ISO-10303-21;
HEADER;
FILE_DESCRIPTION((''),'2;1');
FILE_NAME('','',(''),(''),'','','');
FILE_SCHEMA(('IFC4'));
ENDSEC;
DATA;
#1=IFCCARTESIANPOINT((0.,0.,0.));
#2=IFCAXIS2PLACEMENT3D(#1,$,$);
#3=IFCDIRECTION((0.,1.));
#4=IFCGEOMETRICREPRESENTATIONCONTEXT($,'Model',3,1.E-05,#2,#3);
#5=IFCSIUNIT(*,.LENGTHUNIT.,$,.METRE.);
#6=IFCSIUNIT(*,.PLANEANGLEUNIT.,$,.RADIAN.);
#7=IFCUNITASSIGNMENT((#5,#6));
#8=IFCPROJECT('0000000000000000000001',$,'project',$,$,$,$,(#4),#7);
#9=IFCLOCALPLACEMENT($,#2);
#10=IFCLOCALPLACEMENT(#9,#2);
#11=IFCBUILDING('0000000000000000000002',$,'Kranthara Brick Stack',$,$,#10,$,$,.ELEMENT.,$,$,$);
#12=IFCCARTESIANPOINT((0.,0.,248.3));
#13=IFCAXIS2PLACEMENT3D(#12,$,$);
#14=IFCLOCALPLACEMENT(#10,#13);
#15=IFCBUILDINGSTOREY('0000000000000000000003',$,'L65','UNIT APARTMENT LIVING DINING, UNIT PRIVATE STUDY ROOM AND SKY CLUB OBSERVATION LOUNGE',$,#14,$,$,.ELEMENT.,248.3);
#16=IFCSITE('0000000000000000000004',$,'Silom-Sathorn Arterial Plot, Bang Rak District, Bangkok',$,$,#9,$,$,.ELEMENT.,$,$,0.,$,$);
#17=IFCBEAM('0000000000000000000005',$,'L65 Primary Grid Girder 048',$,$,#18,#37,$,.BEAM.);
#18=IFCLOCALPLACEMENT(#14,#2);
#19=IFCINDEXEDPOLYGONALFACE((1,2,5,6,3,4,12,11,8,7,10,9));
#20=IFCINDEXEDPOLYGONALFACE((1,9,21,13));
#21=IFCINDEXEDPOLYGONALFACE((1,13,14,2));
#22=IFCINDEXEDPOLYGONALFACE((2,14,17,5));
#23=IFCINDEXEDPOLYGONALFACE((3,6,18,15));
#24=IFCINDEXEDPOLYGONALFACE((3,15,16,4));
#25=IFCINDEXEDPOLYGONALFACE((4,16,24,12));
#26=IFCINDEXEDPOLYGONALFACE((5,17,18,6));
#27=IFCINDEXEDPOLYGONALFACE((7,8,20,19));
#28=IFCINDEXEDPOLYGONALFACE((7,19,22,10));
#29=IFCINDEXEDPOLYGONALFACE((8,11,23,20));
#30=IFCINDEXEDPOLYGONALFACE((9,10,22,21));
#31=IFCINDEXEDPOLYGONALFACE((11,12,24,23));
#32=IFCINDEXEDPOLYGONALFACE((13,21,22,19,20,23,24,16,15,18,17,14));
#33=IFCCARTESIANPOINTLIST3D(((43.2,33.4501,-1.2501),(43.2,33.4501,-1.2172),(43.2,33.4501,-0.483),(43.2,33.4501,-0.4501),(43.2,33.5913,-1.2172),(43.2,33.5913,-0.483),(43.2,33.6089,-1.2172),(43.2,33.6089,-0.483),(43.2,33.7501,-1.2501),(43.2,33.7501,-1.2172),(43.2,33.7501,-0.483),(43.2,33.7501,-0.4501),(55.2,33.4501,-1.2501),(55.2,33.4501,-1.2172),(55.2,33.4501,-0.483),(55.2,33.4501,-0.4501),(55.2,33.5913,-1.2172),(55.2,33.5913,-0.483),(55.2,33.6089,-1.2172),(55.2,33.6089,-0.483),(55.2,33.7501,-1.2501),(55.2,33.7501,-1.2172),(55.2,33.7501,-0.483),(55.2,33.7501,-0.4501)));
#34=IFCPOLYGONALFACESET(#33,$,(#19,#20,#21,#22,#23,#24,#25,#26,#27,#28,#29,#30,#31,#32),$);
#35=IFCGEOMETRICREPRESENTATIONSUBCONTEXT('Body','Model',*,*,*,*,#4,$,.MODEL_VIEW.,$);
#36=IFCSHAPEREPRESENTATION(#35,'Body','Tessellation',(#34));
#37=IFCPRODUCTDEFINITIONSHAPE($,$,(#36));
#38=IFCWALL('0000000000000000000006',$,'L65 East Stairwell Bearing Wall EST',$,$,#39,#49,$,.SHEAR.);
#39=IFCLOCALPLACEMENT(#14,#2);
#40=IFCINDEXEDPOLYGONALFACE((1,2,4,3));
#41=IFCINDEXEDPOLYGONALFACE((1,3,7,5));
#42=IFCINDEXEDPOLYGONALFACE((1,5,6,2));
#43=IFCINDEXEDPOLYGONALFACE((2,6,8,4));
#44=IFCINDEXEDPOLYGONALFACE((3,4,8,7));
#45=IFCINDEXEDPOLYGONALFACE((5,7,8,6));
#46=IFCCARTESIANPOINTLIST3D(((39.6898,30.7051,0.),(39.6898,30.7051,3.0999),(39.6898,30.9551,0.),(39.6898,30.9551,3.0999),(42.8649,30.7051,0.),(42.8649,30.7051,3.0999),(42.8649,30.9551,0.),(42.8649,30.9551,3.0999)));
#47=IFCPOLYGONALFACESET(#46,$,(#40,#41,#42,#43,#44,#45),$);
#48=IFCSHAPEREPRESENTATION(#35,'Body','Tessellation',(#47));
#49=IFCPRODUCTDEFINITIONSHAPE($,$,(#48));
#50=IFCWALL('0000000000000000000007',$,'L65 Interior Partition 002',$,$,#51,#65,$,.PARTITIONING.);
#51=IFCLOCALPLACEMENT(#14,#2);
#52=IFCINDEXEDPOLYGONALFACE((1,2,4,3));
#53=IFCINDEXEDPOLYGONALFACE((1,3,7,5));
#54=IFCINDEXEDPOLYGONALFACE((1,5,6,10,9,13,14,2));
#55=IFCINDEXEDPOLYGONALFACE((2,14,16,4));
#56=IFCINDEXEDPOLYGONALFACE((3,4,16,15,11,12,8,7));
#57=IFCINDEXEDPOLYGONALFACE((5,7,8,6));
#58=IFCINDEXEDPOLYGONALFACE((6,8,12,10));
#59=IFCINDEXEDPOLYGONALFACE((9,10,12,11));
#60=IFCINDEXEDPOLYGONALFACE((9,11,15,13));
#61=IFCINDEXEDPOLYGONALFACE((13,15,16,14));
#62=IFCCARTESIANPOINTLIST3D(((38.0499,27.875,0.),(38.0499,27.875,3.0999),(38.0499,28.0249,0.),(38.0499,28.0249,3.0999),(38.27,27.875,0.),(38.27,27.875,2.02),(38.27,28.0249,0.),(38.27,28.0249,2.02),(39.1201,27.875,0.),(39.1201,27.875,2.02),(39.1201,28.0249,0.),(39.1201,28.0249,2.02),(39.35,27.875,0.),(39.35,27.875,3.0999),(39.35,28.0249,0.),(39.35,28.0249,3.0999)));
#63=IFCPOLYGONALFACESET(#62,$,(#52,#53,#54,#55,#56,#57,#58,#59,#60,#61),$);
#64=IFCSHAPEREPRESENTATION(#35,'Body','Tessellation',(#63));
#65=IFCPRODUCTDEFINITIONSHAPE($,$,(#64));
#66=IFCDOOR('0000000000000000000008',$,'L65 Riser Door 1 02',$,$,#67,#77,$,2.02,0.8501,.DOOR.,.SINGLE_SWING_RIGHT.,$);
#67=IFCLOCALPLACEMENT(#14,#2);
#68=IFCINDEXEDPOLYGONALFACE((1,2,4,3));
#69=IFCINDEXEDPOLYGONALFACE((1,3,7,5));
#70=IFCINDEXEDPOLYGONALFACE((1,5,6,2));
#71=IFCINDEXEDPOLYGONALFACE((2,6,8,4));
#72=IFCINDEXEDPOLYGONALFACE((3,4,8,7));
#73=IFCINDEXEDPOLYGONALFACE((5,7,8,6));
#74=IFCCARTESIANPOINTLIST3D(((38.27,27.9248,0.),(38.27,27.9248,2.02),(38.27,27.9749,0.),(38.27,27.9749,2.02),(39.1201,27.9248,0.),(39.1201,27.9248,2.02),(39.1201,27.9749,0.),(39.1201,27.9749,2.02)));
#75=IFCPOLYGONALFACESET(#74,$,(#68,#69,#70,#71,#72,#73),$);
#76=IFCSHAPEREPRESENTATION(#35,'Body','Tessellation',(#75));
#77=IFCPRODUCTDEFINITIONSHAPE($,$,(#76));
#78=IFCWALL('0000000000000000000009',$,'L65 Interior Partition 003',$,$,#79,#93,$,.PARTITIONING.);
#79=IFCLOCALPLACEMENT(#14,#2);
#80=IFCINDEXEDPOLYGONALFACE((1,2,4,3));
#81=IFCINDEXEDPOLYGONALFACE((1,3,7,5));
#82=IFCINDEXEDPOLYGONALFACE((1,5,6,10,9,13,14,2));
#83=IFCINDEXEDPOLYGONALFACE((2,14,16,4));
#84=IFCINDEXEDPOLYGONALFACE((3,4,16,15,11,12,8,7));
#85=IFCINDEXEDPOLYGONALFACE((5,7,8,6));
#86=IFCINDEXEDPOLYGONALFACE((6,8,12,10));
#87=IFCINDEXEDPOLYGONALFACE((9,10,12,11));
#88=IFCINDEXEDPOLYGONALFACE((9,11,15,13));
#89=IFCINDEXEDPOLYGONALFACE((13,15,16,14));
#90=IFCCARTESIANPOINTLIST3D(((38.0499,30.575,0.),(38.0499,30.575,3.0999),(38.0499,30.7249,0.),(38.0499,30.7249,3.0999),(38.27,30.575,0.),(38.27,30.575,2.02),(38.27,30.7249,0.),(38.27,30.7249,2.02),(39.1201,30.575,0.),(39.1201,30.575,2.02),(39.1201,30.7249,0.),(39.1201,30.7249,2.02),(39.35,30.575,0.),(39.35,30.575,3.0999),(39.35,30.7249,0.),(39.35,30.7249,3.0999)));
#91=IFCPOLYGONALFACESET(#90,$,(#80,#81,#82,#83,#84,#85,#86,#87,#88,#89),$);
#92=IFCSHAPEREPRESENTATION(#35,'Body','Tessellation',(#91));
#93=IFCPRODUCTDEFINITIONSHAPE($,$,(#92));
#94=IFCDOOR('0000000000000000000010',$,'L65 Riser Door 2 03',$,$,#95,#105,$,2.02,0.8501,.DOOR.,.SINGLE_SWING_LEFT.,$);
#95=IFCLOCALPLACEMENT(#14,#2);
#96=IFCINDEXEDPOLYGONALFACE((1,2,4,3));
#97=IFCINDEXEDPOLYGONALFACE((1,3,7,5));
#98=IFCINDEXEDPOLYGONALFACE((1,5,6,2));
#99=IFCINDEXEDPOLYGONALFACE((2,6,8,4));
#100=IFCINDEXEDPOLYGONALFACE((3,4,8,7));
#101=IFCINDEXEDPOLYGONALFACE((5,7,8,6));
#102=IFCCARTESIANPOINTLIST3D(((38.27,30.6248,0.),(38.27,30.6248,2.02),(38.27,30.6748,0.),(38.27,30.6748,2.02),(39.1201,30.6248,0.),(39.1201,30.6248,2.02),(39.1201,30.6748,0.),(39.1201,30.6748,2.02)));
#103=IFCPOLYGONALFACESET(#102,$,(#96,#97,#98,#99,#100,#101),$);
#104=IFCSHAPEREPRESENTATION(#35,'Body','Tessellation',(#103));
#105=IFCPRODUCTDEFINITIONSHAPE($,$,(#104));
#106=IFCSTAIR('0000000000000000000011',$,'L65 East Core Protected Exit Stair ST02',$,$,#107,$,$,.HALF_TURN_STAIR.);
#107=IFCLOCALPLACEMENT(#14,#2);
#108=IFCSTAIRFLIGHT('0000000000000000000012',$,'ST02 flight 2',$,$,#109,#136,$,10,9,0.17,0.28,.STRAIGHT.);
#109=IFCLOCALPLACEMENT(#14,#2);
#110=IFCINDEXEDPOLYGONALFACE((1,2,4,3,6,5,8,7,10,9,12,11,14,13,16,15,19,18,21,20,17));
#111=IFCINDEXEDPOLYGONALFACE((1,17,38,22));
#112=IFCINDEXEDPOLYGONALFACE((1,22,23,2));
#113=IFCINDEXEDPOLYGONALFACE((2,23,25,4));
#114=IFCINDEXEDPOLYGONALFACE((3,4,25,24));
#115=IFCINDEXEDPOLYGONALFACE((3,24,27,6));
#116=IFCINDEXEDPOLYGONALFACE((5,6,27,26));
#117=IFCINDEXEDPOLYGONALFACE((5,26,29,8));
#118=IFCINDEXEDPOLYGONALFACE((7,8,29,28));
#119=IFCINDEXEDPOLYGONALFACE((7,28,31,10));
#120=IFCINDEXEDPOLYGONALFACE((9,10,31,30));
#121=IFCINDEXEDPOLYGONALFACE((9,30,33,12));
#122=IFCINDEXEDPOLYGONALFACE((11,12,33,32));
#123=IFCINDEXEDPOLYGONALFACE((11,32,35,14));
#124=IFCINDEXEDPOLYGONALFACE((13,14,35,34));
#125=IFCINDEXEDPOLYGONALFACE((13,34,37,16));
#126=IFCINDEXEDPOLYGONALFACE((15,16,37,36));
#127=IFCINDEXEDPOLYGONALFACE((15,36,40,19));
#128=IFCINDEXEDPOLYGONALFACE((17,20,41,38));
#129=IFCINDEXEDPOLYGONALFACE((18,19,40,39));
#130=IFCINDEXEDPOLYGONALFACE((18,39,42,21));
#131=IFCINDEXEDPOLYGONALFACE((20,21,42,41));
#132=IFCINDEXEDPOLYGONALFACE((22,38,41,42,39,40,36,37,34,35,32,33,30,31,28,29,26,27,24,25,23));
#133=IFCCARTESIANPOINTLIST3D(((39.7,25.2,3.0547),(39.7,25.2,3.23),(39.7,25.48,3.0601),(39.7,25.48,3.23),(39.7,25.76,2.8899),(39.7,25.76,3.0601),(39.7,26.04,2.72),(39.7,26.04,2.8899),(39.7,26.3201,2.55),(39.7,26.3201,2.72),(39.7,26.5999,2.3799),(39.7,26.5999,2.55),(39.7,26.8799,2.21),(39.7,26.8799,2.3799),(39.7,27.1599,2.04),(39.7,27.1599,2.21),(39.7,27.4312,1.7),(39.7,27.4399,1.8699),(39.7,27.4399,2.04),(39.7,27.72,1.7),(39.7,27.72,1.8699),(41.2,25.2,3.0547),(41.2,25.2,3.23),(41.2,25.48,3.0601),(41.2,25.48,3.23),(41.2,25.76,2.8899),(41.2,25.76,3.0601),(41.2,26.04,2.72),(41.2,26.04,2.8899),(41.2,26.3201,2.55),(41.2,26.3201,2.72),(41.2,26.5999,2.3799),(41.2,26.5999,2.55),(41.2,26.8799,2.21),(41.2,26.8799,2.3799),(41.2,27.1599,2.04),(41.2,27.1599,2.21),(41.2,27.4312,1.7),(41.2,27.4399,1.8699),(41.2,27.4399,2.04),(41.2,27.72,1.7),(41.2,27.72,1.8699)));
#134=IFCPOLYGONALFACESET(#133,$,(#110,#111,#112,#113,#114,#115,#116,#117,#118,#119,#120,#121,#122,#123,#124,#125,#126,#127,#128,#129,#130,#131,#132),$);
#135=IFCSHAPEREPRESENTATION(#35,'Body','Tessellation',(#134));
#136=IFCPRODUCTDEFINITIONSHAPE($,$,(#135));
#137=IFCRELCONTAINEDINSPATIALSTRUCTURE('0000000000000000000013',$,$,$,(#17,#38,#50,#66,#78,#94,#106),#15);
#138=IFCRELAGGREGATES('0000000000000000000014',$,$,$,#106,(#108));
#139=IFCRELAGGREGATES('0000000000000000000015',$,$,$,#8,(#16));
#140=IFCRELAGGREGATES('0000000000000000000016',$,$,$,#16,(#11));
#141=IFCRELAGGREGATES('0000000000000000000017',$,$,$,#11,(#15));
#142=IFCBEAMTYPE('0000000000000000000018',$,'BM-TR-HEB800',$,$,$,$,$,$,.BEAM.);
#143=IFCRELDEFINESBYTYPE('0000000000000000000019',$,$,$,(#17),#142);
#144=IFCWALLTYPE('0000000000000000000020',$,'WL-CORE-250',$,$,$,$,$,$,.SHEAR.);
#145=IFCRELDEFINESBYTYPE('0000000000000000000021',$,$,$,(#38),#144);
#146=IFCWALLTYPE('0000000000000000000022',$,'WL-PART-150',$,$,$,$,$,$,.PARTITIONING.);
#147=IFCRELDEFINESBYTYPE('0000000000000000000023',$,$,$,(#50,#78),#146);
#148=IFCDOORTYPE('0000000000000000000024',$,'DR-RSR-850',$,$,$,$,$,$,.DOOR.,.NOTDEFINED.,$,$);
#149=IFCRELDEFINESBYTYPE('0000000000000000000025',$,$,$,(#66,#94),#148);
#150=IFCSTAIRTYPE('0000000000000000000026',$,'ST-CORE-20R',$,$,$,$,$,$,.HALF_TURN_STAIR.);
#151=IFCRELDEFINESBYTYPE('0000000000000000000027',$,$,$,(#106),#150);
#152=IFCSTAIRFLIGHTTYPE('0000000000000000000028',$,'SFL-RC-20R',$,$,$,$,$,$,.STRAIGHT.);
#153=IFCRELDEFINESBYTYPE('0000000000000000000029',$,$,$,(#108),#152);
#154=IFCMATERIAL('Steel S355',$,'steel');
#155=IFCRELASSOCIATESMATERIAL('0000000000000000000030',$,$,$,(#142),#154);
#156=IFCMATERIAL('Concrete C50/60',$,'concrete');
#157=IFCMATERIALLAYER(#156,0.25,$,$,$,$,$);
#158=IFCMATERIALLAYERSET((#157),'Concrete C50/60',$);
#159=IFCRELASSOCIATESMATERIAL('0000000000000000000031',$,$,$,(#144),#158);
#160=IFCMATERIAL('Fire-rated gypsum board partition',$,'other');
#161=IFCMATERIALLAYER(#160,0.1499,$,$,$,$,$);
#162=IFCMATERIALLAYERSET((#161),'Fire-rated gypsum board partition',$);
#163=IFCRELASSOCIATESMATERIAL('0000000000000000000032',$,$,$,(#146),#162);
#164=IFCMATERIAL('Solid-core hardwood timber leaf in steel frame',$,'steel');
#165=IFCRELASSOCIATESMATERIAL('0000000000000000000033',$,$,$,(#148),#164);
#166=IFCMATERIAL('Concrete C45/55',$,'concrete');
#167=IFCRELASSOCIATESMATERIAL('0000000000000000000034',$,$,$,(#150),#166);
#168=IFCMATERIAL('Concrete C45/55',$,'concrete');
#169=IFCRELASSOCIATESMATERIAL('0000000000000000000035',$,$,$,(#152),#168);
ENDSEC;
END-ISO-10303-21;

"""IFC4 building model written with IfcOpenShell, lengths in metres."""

from ifc_helpers import new_model, si_unit, direction, frame, frame_2d, origin, origin_2d, place, context, subcontext, project, spatial, polyline, rectangle, i_section, outline, extrude, material, layer, layer_set, material_profile, profile_set, type_object, element, fill, aggregate, save


model = new_model("IFC4")

# Units and contexts
model_context = context("Model", 3, precision=1e-05, world=origin(), true_north=direction((0.0, 1.0)))
body_context = subcontext(model_context, "Body", "Model", "MODEL_VIEW")
ifc_project = project(units=[si_unit("LENGTHUNIT", "METRE"), si_unit("PLANEANGLEUNIT", "RADIAN")], contexts=[model_context])

# Site, building, storey
site_placement = place(None, origin())
site = spatial("IfcSite", under=ifc_project, at=site_placement, Name="Silom-Sathorn Arterial Plot, Bang Rak District, Bangkok", CompositionType="ELEMENT", RefElevation=0.0)
building_placement = place(site_placement, origin())
building = spatial("IfcBuilding", under=site, at=building_placement, Name="Kranthara Brick Stack", CompositionType="ELEMENT")
storey_placement = place(building_placement, frame((0.0, 0.0, 248.3)))
storey = spatial("IfcBuildingStorey", under=building, at=storey_placement, Name="L65", Description="UNIT APARTMENT LIVING DINING, UNIT PRIVATE STUDY ROOM AND SKY CLUB OBSERVATION LOUNGE", CompositionType="ELEMENT", Elevation=248.3)

# Beam
ifc_material_1 = material(Name="Steel S355", Category="steel")
ifc_material_profile_1 = material_profile(ifc_material_1, i_section(OverallWidth=0.3, OverallDepth=0.8, WebThickness=0.0176, FlangeThickness=0.033, at=origin_2d()), Name="HEB 800")
ifc_profile_set_1 = profile_set([ifc_material_profile_1], Name="Steel S355")
beam_type_1 = type_object("IfcBeamType", Name="BM-TR-HEB800", PredefinedType="BEAM", material=ifc_profile_set_1)
beam_1_placement = place(storey_placement, frame((43.2, 33.6001, -0.8501), z_axis=(1.0, 0.0, 0.0), x_axis=(0.0, 1.0, 0.0)))
element("IfcBeam", 1, at=beam_1_placement, inside=storey, type_object=beam_type_1, Name="L65 Primary Grid Girder 048", PredefinedType="BEAM", context=body_context, shape_type="SweptSolid", body=[
    extrude(i_section(OverallWidth=0.3, OverallDepth=0.8, WebThickness=0.0176, FlangeThickness=0.033, at=origin_2d()), origin(), (0.0, 0.0, 1.0), 12.0),
])

# Wall
ifc_material_2 = material(Name="Concrete C50/60", Category="concrete")
ifc_layer_1 = layer(ifc_material_2, 0.25)
ifc_layer_set_1 = layer_set([ifc_layer_1], Name="Concrete C50/60")
wall_type_1 = type_object("IfcWallType", Name="WL-CORE-250", PredefinedType="SHEAR", material=ifc_layer_set_1)
wall_1_placement = place(storey_placement, frame((39.6899, 30.8301, 0.0), z_axis=(0.0, 0.0, 1.0), x_axis=(1.0, 0.0, 0.0)))
element("IfcWall", 2, at=wall_1_placement, inside=storey, type_object=wall_type_1, Name="L65 East Stairwell Bearing Wall EST", PredefinedType="SHEAR", context=body_context, shape_type="SweptSolid", body=[
    extrude(rectangle(XDim=3.175, YDim=0.25, at=frame_2d((1.5874, 0.0))), origin(), (0.0, 0.0, 1.0), 3.0999),
])

# Walls, openings, doors
ifc_material_3 = material(Name="Fire-rated gypsum board partition", Category="other")
ifc_layer_2 = layer(ifc_material_3, 0.1499)
ifc_layer_set_2 = layer_set([ifc_layer_2], Name="Fire-rated gypsum board partition")
wall_type_2 = type_object("IfcWallType", Name="WL-PART-150", PredefinedType="PARTITIONING", material=ifc_layer_set_2)
wall_2_placement = place(storey_placement, frame((38.05, 27.95, 0.0), z_axis=(0.0, 0.0, 1.0), x_axis=(1.0, 0.0, 0.0)))
wall_2 = element("IfcWall", 3, at=wall_2_placement, inside=storey, type_object=wall_type_2, Name="L65 Interior Partition 002", PredefinedType="PARTITIONING", context=body_context, shape_type="SweptSolid", body=[
    extrude(rectangle(XDim=1.3, YDim=0.1499, at=frame_2d((0.6499, 0.0))), origin(), (0.0, 0.0, 1.0), 3.0999),
])
opening_1_placement = place(wall_2_placement, frame((0.22, 0.0, 0.0)))
opening_1 = element("IfcOpeningElement", 4, at=opening_1_placement, cuts=wall_2, PredefinedType="OPENING", context=body_context, shape_type="SweptSolid", body=[
    extrude(rectangle(XDim=0.8501, YDim=2.02, at=frame_2d((0.425, 1.01))), frame((0.0, 0.085, 0.0), z_axis=(0.0, -1.0, 0.0), x_axis=(1.0, 0.0, 0.0)), (0.0, 0.0, 1.0), 0.1699),
])
ifc_material_4 = material(Name="Solid-core hardwood timber leaf in steel frame", Category="steel")
door_type = type_object("IfcDoorType", Name="DR-RSR-850", OperationType="NOTDEFINED", PredefinedType="DOOR", material=ifc_material_4)
door_1_placement = place(opening_1_placement, origin())
door_1 = element("IfcDoor", 5, at=door_1_placement, inside=storey, type_object=door_type, Name="L65 Riser Door 1 02", OperationType="SINGLE_SWING_RIGHT", OverallHeight=2.02, OverallWidth=0.8501, PredefinedType="DOOR", context=body_context, shape_type="SweptSolid", body=[
    extrude(rectangle(XDim=0.8501, YDim=2.02, at=frame_2d((0.425, 1.01))), frame((0.0, 0.0249, 0.0), z_axis=(0.0, -1.0, 0.0), x_axis=(1.0, 0.0, 0.0)), (0.0, 0.0, 1.0), 0.05),
])
fill(opening_1, door_1)
wall_3_placement = place(storey_placement, frame((38.05, 30.6499, 0.0), z_axis=(0.0, 0.0, 1.0), x_axis=(1.0, 0.0, 0.0)))
wall_3 = element("IfcWall", 6, at=wall_3_placement, inside=storey, type_object=wall_type_2, Name="L65 Interior Partition 003", PredefinedType="PARTITIONING", context=body_context, shape_type="SweptSolid", body=[
    extrude(rectangle(XDim=1.3, YDim=0.1499, at=frame_2d((0.6499, 0.0))), origin(), (0.0, 0.0, 1.0), 3.0999),
])
opening_2_placement = place(wall_3_placement, frame((0.22, 0.0, 0.0)))
opening_2 = element("IfcOpeningElement", 7, at=opening_2_placement, cuts=wall_3, PredefinedType="OPENING", context=body_context, shape_type="SweptSolid", body=[
    extrude(rectangle(XDim=0.8501, YDim=2.02, at=frame_2d((0.425, 1.01))), frame((0.0, 0.085, 0.0), z_axis=(0.0, -1.0, 0.0), x_axis=(1.0, 0.0, 0.0)), (0.0, 0.0, 1.0), 0.1699),
])
door_2_placement = place(opening_2_placement, origin())
door_2 = element("IfcDoor", 8, at=door_2_placement, inside=storey, type_object=door_type, Name="L65 Riser Door 2 03", OperationType="SINGLE_SWING_LEFT", OverallHeight=2.02, OverallWidth=0.8501, PredefinedType="DOOR", context=body_context, shape_type="SweptSolid", body=[
    extrude(rectangle(XDim=0.8501, YDim=2.02, at=frame_2d((0.425, 1.01))), frame((0.0, 0.0249, 0.0), z_axis=(0.0, -1.0, 0.0), x_axis=(1.0, 0.0, 0.0)), (0.0, 0.0, 1.0), 0.05),
])
fill(opening_2, door_2)

# Stair, stair flight
ifc_material_5 = material(Name="Concrete C45/55", Category="concrete")
stair_type = type_object("IfcStairType", Name="ST-CORE-20R", PredefinedType="HALF_TURN_STAIR", material=ifc_material_5)
stair_placement = place(storey_placement, origin())
stair = element("IfcStair", 9, at=stair_placement, inside=storey, type_object=stair_type, Name="L65 East Core Protected Exit Stair ST02", PredefinedType="HALF_TURN_STAIR")
ifc_material_6 = material(Name="Concrete C45/55", Category="concrete")
stair_flight_type = type_object("IfcStairFlightType", Name="SFL-RC-20R", PredefinedType="STRAIGHT", material=ifc_material_6)
stair_flight_placement = place(storey_placement, frame((40.45, 27.72, 1.7), z_axis=(0.0, 0.0, 1.0), x_axis=(0.0, -1.0, 0.0)))
stair_flight = element("IfcStairFlight", 10, at=stair_flight_placement, type_object=stair_flight_type, Name="ST02 flight 2", NumberOfRisers=10, NumberOfTreads=9, PredefinedType="STRAIGHT", RiserHeight=0.17, TreadLength=0.28, context=body_context, shape_type="SweptSolid", body=[
    extrude(outline(polyline([(0.0, 0.0), (0.0, 0.1699), (0.28, 0.1699), (0.28, 0.3401), (0.5601, 0.3401), (0.5601, 0.51), (0.8401, 0.51), (0.8401, 0.6799), (1.1201, 0.6799), (1.1201, 0.8501), (1.3999, 0.8501), (1.3999, 1.02), (1.6799, 1.02), (1.6799, 1.1899), (1.96, 1.1899), (1.96, 1.3601), (2.24, 1.3601), (2.24, 1.53), (2.52, 1.53), (2.52, 1.7), (2.52, 1.3547), (0.2888, 0.0), (0.0, 0.0)])), frame((0.0, 0.75, 0.0), z_axis=(0.0, -1.0, 0.0), x_axis=(1.0, 0.0, 0.0)), (0.0, 0.0, 1.0), 1.5),
])
aggregate(stair, [stair_flight])

save(model, "model.ifc")
